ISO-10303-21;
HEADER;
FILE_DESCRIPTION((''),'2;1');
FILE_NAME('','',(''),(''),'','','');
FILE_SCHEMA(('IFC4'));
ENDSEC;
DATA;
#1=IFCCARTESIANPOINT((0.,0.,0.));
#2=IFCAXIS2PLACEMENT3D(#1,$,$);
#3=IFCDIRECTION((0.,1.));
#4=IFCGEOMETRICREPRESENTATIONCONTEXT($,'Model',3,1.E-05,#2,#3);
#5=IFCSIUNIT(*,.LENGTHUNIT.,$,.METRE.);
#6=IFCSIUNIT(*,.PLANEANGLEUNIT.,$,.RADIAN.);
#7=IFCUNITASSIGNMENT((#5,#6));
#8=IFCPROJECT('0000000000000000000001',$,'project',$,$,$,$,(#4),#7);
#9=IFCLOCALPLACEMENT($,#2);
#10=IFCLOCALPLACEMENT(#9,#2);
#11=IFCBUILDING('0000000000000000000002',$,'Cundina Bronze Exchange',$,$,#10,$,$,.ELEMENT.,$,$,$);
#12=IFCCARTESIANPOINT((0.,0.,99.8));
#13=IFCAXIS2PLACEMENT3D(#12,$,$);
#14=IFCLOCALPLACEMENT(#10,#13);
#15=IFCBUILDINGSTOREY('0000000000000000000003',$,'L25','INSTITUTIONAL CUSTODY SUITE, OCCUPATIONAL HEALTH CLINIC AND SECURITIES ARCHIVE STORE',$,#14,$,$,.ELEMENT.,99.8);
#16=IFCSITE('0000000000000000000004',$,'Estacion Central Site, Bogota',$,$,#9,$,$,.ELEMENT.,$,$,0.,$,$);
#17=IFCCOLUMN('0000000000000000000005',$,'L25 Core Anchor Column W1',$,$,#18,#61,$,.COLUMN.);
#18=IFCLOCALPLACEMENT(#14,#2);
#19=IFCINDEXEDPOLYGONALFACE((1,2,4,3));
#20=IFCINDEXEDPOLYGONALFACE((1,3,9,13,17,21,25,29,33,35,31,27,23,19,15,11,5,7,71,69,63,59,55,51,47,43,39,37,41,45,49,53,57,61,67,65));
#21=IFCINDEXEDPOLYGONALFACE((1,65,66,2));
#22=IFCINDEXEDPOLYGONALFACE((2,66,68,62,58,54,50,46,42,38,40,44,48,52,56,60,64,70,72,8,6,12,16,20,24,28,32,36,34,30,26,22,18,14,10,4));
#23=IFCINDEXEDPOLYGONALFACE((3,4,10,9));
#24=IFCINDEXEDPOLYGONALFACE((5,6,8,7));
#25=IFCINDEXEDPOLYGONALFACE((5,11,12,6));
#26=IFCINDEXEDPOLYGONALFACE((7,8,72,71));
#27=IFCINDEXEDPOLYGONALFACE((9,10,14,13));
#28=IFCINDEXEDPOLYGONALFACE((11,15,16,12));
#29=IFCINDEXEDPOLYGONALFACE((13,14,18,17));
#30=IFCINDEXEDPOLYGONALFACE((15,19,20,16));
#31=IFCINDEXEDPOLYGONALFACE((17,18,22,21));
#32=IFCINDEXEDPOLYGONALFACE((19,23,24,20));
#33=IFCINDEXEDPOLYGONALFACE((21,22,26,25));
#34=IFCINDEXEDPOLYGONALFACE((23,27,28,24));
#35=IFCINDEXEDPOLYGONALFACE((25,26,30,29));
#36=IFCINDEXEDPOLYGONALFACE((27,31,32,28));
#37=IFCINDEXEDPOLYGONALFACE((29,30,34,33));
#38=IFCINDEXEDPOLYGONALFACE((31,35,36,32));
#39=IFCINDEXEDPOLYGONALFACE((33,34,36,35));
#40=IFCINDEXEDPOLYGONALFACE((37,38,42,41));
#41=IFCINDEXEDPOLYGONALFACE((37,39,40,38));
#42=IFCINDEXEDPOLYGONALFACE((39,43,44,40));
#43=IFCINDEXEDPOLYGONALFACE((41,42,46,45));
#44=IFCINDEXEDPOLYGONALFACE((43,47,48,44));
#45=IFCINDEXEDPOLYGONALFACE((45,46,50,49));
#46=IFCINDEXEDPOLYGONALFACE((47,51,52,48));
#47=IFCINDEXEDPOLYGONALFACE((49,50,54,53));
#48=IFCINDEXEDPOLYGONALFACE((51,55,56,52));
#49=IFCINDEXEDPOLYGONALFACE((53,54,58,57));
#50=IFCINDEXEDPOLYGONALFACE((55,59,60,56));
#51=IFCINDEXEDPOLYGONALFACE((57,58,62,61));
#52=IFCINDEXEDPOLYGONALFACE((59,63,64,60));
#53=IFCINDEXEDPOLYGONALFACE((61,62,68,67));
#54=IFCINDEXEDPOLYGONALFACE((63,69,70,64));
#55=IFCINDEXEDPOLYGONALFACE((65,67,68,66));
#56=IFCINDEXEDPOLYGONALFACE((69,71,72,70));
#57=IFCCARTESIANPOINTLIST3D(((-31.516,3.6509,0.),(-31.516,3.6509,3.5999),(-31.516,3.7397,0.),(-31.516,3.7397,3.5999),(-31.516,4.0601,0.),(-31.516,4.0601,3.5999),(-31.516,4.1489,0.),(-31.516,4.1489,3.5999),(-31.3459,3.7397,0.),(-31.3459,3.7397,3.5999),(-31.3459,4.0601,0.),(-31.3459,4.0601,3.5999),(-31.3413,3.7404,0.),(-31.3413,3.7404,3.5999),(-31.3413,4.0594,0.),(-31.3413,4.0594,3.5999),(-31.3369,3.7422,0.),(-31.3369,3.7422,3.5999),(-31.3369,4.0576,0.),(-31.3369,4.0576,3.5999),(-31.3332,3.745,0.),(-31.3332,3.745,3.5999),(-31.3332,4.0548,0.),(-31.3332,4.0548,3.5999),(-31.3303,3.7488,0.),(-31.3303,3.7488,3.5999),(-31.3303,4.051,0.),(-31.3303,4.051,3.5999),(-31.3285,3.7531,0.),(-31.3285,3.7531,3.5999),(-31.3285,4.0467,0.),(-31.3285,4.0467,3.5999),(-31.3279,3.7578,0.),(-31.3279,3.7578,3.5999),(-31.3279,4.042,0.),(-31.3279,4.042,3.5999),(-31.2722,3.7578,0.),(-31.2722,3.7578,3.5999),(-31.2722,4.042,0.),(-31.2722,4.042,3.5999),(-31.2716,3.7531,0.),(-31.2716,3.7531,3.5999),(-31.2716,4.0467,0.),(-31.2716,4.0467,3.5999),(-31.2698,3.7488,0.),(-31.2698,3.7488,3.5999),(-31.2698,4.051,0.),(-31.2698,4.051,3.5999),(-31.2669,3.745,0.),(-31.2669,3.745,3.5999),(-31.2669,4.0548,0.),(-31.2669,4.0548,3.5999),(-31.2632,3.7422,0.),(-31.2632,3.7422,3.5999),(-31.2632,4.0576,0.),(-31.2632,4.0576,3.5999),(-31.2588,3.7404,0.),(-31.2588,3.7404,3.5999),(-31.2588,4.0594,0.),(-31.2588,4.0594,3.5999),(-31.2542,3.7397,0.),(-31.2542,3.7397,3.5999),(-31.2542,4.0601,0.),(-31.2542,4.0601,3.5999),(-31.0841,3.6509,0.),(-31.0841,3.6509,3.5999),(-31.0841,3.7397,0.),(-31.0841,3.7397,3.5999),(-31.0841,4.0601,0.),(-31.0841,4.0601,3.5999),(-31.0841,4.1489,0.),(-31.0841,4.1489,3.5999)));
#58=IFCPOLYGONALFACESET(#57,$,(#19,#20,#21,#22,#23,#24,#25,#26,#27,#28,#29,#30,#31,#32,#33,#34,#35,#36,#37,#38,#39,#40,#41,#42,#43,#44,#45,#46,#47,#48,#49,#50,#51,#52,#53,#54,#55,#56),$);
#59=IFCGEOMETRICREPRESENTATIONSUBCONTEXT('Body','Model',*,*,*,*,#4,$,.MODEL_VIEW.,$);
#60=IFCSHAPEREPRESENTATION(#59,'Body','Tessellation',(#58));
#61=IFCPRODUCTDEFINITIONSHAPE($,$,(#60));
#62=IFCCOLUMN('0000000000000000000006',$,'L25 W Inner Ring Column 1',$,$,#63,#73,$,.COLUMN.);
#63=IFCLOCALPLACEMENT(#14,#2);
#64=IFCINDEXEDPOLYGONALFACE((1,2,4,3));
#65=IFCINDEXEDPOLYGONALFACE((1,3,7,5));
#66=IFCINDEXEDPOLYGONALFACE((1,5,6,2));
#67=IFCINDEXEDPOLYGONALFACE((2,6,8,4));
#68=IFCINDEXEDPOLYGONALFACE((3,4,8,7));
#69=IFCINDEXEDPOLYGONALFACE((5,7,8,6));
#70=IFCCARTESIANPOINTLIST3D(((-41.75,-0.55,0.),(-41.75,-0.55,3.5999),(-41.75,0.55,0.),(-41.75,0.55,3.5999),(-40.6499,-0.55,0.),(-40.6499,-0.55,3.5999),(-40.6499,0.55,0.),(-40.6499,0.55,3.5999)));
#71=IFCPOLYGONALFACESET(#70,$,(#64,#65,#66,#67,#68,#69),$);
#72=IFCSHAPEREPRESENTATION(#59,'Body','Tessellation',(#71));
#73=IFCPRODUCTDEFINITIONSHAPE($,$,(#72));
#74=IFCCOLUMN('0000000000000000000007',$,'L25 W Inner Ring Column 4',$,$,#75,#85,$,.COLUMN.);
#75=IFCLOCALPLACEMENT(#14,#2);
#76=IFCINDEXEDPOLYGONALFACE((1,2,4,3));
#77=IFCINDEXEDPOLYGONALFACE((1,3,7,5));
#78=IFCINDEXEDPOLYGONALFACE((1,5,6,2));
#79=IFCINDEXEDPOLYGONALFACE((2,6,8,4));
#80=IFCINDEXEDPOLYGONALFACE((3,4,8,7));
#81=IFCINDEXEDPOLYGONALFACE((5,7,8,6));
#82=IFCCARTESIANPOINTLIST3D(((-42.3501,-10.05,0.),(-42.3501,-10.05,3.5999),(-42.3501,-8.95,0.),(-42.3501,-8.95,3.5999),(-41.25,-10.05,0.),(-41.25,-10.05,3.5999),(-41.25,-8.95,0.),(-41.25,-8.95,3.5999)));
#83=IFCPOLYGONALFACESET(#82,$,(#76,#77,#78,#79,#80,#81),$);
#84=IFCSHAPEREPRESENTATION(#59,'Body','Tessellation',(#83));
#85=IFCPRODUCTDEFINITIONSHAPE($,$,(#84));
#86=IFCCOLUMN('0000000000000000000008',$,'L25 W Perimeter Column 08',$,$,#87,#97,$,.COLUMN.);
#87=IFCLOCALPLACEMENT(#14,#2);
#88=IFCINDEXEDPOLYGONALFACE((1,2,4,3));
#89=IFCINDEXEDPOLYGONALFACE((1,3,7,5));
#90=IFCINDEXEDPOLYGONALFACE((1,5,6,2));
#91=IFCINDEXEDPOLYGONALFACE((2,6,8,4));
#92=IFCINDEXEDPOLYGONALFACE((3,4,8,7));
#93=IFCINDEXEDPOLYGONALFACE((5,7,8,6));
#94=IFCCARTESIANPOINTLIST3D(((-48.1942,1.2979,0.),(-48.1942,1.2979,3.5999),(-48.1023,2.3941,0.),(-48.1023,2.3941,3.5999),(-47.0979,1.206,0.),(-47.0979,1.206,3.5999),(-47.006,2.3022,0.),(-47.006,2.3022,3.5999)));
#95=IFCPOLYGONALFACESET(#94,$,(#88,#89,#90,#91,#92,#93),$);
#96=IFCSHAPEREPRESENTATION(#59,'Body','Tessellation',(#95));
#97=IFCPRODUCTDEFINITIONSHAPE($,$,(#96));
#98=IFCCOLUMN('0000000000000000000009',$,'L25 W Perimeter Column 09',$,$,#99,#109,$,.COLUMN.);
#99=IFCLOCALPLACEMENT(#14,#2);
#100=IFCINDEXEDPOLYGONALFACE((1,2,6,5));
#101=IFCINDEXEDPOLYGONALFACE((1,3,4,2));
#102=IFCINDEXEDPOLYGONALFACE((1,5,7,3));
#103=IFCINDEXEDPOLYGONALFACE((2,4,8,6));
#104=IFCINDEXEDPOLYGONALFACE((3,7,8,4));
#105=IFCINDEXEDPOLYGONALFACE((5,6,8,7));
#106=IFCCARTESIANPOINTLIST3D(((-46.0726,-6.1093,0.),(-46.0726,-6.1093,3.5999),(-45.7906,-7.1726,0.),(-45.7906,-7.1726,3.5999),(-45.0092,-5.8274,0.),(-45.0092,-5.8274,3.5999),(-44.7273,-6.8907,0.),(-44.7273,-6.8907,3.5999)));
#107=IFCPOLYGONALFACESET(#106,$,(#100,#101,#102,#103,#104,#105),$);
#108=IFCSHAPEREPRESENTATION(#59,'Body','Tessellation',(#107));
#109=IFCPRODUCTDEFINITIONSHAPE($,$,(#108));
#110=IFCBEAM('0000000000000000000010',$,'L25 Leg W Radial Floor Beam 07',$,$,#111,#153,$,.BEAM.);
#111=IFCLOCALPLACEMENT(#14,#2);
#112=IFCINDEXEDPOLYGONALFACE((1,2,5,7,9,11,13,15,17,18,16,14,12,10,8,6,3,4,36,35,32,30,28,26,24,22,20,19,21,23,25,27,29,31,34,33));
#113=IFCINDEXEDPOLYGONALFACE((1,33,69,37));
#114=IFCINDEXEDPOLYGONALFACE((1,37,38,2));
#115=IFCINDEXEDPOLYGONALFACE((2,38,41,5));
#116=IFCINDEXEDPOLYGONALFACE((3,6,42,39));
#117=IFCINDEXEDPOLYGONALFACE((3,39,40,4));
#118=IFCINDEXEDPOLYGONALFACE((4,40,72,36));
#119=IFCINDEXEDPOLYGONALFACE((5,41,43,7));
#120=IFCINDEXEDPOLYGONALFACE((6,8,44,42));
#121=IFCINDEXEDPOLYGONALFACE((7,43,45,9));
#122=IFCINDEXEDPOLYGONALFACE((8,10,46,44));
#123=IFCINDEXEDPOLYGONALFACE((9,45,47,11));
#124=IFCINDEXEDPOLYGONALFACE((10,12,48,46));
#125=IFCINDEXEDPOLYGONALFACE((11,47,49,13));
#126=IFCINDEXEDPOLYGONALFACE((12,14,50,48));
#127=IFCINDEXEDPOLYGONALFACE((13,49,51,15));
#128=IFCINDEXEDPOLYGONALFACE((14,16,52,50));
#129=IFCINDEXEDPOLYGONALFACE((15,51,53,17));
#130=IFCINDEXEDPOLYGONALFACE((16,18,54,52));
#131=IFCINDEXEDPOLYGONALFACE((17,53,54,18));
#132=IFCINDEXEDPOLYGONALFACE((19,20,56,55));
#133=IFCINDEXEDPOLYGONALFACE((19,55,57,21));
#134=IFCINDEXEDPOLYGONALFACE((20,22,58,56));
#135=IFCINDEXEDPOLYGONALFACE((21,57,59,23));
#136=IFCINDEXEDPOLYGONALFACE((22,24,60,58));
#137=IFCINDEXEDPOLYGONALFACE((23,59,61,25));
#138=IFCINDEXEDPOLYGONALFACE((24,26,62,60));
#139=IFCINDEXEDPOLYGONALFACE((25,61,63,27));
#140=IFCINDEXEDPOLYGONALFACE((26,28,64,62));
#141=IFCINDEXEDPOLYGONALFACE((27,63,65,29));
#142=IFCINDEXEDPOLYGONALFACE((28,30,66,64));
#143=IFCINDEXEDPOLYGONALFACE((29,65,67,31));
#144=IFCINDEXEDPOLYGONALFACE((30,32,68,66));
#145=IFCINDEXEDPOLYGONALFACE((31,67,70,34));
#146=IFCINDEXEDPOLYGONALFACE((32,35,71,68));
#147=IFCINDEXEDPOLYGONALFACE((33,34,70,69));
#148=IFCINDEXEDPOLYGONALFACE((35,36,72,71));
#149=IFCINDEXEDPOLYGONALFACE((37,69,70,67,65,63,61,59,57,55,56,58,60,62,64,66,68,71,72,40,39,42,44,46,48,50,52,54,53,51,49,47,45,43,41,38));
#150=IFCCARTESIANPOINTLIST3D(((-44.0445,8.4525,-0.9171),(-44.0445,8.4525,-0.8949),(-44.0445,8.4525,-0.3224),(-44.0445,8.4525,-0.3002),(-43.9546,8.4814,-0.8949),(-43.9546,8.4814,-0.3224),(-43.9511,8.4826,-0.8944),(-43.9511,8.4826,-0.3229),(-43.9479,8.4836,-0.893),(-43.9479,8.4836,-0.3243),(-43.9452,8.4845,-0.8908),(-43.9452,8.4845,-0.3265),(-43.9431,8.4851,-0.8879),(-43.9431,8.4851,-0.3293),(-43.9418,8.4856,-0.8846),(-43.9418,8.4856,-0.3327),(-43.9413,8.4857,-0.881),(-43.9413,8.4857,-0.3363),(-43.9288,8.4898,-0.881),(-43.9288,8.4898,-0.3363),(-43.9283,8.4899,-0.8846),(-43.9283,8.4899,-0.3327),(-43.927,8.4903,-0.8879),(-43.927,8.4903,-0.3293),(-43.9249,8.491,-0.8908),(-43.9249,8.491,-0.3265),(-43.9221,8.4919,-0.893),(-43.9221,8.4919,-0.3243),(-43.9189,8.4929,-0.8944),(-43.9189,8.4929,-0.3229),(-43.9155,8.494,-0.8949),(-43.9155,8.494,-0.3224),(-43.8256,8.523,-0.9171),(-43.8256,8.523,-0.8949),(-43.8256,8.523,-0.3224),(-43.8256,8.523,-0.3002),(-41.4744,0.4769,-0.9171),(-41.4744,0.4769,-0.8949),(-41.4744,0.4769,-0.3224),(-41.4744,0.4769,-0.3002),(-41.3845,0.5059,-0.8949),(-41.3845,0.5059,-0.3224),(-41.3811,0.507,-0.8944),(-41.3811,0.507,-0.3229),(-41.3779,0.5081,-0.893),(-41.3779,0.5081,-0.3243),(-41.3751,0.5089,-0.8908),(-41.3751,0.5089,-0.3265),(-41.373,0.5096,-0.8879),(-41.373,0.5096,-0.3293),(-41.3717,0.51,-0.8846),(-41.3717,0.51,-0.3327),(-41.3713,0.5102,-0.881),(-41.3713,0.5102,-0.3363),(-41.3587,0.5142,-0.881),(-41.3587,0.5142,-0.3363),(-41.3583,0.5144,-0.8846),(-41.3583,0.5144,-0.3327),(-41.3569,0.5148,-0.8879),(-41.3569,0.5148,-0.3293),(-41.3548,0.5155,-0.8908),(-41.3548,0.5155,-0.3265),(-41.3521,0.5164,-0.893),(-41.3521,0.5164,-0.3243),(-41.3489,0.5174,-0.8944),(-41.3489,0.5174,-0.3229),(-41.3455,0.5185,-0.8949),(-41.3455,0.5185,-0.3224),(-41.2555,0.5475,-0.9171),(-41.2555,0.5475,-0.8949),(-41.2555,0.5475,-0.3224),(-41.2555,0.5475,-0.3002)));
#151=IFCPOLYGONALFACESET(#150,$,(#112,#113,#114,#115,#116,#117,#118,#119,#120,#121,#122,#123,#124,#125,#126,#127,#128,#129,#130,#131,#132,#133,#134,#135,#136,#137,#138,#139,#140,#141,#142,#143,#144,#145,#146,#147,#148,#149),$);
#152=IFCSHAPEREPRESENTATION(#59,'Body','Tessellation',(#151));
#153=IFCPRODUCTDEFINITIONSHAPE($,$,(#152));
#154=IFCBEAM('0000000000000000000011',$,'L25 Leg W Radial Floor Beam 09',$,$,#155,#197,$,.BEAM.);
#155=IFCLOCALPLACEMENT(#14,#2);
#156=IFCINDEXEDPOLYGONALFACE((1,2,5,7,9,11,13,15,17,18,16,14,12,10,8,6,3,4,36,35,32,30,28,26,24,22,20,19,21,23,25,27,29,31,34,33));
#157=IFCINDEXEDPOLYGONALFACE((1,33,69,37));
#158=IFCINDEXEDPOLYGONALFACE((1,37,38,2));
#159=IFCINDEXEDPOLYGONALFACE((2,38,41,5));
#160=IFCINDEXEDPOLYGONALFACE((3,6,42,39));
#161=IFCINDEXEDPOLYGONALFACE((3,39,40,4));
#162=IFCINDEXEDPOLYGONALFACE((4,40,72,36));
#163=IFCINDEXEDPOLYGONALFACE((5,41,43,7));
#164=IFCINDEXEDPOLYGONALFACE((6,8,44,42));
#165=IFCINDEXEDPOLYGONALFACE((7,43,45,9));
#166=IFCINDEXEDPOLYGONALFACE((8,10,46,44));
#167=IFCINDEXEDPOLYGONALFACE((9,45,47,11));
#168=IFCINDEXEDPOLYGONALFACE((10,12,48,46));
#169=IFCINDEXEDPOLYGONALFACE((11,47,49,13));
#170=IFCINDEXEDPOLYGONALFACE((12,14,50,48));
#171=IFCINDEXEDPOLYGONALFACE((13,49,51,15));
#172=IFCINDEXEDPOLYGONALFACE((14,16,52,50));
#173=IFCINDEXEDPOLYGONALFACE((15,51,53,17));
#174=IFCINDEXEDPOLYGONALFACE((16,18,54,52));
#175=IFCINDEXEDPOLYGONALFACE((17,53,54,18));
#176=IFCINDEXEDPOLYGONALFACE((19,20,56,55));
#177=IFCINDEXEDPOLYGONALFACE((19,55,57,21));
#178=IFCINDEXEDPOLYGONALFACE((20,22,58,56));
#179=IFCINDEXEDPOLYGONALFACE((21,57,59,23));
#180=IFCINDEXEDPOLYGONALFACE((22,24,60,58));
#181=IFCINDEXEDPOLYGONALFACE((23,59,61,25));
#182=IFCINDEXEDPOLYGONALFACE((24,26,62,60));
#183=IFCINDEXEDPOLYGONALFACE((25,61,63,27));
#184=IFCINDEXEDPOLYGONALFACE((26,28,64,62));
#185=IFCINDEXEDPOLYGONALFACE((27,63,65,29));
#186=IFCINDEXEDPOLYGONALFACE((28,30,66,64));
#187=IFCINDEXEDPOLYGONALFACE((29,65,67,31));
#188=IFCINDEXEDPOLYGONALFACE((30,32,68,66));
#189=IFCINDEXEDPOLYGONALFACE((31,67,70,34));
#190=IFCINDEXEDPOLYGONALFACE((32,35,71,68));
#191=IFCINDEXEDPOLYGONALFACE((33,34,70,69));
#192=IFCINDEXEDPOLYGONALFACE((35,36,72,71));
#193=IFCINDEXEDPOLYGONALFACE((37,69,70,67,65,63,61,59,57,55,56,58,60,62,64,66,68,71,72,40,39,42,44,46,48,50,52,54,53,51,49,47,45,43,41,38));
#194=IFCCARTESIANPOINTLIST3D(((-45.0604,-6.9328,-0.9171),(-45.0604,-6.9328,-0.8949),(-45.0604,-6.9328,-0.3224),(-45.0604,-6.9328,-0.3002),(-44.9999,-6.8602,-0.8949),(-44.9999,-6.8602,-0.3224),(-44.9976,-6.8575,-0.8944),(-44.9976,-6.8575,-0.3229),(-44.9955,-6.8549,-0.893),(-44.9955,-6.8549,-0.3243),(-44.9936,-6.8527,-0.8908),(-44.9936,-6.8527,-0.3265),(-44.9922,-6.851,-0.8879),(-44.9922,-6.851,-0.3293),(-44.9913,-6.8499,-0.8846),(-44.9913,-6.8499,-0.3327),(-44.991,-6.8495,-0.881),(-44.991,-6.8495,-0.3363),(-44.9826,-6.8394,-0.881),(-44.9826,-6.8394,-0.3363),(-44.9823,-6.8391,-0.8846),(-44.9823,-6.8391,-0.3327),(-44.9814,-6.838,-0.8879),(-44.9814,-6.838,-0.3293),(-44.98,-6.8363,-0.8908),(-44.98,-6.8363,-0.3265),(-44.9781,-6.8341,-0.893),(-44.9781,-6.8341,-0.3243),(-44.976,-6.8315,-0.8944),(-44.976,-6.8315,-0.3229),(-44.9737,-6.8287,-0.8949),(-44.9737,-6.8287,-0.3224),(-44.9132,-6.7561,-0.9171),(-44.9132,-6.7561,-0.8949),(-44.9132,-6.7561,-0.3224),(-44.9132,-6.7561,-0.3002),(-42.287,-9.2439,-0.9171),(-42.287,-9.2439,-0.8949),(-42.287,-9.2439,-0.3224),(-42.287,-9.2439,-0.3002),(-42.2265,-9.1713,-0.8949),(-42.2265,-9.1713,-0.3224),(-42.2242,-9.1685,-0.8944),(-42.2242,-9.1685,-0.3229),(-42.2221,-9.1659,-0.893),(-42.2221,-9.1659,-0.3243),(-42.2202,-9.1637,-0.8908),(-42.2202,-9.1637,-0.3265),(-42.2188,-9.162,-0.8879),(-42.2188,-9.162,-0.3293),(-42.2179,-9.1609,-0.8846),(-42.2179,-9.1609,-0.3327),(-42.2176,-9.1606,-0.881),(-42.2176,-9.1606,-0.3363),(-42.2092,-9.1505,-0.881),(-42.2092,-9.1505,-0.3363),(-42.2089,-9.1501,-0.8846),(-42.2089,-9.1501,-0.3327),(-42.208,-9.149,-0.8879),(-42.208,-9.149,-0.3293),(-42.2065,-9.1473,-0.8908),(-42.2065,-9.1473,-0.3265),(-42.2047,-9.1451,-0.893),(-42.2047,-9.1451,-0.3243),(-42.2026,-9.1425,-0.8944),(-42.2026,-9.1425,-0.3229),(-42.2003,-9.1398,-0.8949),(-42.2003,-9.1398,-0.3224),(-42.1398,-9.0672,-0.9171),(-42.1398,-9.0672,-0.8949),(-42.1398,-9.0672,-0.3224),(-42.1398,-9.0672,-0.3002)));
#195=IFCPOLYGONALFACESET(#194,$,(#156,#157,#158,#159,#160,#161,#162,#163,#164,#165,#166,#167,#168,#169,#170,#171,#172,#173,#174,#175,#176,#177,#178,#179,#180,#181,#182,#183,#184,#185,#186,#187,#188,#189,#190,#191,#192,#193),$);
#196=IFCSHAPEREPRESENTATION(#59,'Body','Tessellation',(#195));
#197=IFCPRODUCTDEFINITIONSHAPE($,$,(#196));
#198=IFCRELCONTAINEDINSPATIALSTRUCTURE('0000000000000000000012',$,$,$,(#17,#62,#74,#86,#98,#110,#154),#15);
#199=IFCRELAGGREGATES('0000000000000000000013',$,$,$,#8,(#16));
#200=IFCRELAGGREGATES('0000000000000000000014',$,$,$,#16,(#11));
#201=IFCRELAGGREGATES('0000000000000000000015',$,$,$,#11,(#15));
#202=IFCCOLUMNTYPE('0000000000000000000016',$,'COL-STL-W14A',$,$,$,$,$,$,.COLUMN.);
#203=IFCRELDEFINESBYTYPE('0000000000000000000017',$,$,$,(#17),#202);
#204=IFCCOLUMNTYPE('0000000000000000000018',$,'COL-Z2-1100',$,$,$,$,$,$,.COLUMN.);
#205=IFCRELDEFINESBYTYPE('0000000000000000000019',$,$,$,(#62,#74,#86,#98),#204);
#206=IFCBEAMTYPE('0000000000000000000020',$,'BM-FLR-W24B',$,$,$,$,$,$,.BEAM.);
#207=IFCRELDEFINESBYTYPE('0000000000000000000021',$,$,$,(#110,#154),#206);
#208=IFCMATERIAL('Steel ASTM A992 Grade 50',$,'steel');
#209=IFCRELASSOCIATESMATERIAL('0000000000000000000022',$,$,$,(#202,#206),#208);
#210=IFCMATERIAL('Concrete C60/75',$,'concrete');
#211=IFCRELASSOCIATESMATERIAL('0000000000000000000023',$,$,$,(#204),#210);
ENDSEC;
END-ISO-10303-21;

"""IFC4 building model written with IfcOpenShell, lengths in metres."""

from ifc_helpers import new_model, si_unit, direction, frame, origin, origin_2d, place, context, subcontext, project, spatial, rectangle, i_section, extrude, material, material_profile, profile_set, type_object, element, save


model = new_model("IFC4")

# Units and contexts
model_context = context("Model", 3, precision=1e-05, world=origin(), true_north=direction((0.0, 1.0)))
body_context = subcontext(model_context, "Body", "Model", "MODEL_VIEW")
ifc_project = project(units=[si_unit("LENGTHUNIT", "METRE"), si_unit("PLANEANGLEUNIT", "RADIAN")], contexts=[model_context])

# Site, building, storey
site_placement = place(None, origin())
site = spatial("IfcSite", under=ifc_project, at=site_placement, Name="Estacion Central Site, Bogota", CompositionType="ELEMENT", RefElevation=0.0)
building_placement = place(site_placement, origin())
building = spatial("IfcBuilding", under=site, at=building_placement, Name="Cundina Bronze Exchange", CompositionType="ELEMENT")
storey_placement = place(building_placement, frame((0.0, 0.0, 99.8)))
storey = spatial("IfcBuildingStorey", under=building, at=storey_placement, Name="L25", Description="INSTITUTIONAL CUSTODY SUITE, OCCUPATIONAL HEALTH CLINIC AND SECURITIES ARCHIVE STORE", CompositionType="ELEMENT", Elevation=99.8)

# Columns
ifc_material_1 = material(Name="Steel ASTM A992 Grade 50", Category="steel")
ifc_material_profile_1 = material_profile(ifc_material_1, i_section(OverallWidth=0.4319, OverallDepth=0.498, WebThickness=0.0557, FlangeThickness=0.0889, FilletRadius=0.0181, at=origin_2d()), Name="W14X500", Category="steel")
ifc_profile_set_1 = profile_set([ifc_material_profile_1], Name="Steel ASTM A992 Grade 50")
column_type_1 = type_object("IfcColumnType", Name="COL-STL-W14A", PredefinedType="COLUMN", material=ifc_profile_set_1)
column_placement = place(storey_placement, frame((-31.3, 3.8999, 0.0), z_axis=(0.0, 0.0, 1.0), x_axis=(1.0, 0.0, 0.0)))
element("IfcColumn", 1, at=column_placement, inside=storey, type_object=column_type_1, Name="L25 Core Anchor Column W1", PredefinedType="COLUMN", context=body_context, shape_type="SweptSolid", body=[
    extrude(i_section(OverallWidth=0.4319, OverallDepth=0.498, WebThickness=0.0557, FlangeThickness=0.0889, FilletRadius=0.0181, at=origin_2d()), origin(), (0.0, 0.0, 1.0), 3.5999),
])
ifc_material_2 = material(Name="Concrete C60/75", Category="concrete")
ifc_material_profile_2 = material_profile(ifc_material_2, rectangle(XDim=1.1001, YDim=1.1001, at=origin_2d()), Name="RC1100X1100", Category="concrete")
ifc_profile_set_2 = profile_set([ifc_material_profile_2], Name="Concrete C60/75")
column_type_2 = type_object("IfcColumnType", Name="COL-Z2-1100", PredefinedType="COLUMN", material=ifc_profile_set_2)
for number, where, z_axis, x_axis, name in (
    (2, (-41.2, 0.0, 0.0), (0.0, 0.0, 1.0), (1.0, 0.0, 0.0), "L25 W Inner Ring Column 1"),
    (3, (-41.8, -9.5, 0.0), (0.0, 0.0, 1.0), (1.0, 0.0, 0.0), "L25 W Inner Ring Column 4"),
    (4, (-47.6001, 1.8, 0.0), (0.0, 0.0, 1.0), (-0.083504, -0.996507, 0.0), "L25 W Perimeter Column 08"),
    (5, (-45.3999, -6.5, 0.0), (0.0, 0.0, 1.0), (0.256289, -0.9666, 0.0), "L25 W Perimeter Column 09"),
):
    element("IfcColumn", number, at=place(storey_placement, frame(where, z_axis=z_axis, x_axis=x_axis)), inside=storey, type_object=column_type_2, Name=name, PredefinedType="COLUMN", context=body_context, shape_type="SweptSolid", body=[
        extrude(rectangle(XDim=1.1001, YDim=1.1001, at=origin_2d()), origin(), (0.0, 0.0, 1.0), 3.5999),
    ])

# Beams
ifc_material_profile_3 = material_profile(ifc_material_1, i_section(OverallWidth=0.23, OverallDepth=0.6169, WebThickness=0.0132, FlangeThickness=0.0222, FilletRadius=0.0139, at=origin_2d()), Name="W24X94", Category="steel")
ifc_profile_set_3 = profile_set([ifc_material_profile_3], Name="Steel ASTM A992 Grade 50")
beam_type_1 = type_object("IfcBeamType", Name="BM-FLR-W24B", PredefinedType="BEAM", material=ifc_profile_set_3)
beam_1_placement = place(storey_placement, frame((-41.365, 0.5122, -0.6086), z_axis=(-0.306711, 0.951803, 0.0), x_axis=(-0.951803, -0.306711, 0.0)))
element("IfcBeam", 6, at=beam_1_placement, inside=storey, type_object=beam_type_1, Name="L25 Leg W Radial Floor Beam 07", PredefinedType="BEAM", context=body_context, shape_type="SweptSolid", body=[
    extrude(i_section(OverallWidth=0.23, OverallDepth=0.6169, WebThickness=0.0132, FlangeThickness=0.0222, FilletRadius=0.0139, at=origin_2d()), origin(), (0.0, 0.0, 1.0), 8.3794),
])
beam_2_placement = place(storey_placement, frame((-42.2134, -9.1555, -0.6086), z_axis=(-0.768243, 0.640158, 0.0), x_axis=(-0.640158, -0.768243, 0.0)))
element("IfcBeam", 7, at=beam_2_placement, inside=storey, type_object=beam_type_1, Name="L25 Leg W Radial Floor Beam 09", PredefinedType="BEAM", context=body_context, shape_type="SweptSolid", body=[
    extrude(i_section(OverallWidth=0.23, OverallDepth=0.6169, WebThickness=0.0132, FlangeThickness=0.0222, FilletRadius=0.0139, at=origin_2d()), origin(), (0.0, 0.0, 1.0), 3.6101),
])

save(model, "model.ifc")
